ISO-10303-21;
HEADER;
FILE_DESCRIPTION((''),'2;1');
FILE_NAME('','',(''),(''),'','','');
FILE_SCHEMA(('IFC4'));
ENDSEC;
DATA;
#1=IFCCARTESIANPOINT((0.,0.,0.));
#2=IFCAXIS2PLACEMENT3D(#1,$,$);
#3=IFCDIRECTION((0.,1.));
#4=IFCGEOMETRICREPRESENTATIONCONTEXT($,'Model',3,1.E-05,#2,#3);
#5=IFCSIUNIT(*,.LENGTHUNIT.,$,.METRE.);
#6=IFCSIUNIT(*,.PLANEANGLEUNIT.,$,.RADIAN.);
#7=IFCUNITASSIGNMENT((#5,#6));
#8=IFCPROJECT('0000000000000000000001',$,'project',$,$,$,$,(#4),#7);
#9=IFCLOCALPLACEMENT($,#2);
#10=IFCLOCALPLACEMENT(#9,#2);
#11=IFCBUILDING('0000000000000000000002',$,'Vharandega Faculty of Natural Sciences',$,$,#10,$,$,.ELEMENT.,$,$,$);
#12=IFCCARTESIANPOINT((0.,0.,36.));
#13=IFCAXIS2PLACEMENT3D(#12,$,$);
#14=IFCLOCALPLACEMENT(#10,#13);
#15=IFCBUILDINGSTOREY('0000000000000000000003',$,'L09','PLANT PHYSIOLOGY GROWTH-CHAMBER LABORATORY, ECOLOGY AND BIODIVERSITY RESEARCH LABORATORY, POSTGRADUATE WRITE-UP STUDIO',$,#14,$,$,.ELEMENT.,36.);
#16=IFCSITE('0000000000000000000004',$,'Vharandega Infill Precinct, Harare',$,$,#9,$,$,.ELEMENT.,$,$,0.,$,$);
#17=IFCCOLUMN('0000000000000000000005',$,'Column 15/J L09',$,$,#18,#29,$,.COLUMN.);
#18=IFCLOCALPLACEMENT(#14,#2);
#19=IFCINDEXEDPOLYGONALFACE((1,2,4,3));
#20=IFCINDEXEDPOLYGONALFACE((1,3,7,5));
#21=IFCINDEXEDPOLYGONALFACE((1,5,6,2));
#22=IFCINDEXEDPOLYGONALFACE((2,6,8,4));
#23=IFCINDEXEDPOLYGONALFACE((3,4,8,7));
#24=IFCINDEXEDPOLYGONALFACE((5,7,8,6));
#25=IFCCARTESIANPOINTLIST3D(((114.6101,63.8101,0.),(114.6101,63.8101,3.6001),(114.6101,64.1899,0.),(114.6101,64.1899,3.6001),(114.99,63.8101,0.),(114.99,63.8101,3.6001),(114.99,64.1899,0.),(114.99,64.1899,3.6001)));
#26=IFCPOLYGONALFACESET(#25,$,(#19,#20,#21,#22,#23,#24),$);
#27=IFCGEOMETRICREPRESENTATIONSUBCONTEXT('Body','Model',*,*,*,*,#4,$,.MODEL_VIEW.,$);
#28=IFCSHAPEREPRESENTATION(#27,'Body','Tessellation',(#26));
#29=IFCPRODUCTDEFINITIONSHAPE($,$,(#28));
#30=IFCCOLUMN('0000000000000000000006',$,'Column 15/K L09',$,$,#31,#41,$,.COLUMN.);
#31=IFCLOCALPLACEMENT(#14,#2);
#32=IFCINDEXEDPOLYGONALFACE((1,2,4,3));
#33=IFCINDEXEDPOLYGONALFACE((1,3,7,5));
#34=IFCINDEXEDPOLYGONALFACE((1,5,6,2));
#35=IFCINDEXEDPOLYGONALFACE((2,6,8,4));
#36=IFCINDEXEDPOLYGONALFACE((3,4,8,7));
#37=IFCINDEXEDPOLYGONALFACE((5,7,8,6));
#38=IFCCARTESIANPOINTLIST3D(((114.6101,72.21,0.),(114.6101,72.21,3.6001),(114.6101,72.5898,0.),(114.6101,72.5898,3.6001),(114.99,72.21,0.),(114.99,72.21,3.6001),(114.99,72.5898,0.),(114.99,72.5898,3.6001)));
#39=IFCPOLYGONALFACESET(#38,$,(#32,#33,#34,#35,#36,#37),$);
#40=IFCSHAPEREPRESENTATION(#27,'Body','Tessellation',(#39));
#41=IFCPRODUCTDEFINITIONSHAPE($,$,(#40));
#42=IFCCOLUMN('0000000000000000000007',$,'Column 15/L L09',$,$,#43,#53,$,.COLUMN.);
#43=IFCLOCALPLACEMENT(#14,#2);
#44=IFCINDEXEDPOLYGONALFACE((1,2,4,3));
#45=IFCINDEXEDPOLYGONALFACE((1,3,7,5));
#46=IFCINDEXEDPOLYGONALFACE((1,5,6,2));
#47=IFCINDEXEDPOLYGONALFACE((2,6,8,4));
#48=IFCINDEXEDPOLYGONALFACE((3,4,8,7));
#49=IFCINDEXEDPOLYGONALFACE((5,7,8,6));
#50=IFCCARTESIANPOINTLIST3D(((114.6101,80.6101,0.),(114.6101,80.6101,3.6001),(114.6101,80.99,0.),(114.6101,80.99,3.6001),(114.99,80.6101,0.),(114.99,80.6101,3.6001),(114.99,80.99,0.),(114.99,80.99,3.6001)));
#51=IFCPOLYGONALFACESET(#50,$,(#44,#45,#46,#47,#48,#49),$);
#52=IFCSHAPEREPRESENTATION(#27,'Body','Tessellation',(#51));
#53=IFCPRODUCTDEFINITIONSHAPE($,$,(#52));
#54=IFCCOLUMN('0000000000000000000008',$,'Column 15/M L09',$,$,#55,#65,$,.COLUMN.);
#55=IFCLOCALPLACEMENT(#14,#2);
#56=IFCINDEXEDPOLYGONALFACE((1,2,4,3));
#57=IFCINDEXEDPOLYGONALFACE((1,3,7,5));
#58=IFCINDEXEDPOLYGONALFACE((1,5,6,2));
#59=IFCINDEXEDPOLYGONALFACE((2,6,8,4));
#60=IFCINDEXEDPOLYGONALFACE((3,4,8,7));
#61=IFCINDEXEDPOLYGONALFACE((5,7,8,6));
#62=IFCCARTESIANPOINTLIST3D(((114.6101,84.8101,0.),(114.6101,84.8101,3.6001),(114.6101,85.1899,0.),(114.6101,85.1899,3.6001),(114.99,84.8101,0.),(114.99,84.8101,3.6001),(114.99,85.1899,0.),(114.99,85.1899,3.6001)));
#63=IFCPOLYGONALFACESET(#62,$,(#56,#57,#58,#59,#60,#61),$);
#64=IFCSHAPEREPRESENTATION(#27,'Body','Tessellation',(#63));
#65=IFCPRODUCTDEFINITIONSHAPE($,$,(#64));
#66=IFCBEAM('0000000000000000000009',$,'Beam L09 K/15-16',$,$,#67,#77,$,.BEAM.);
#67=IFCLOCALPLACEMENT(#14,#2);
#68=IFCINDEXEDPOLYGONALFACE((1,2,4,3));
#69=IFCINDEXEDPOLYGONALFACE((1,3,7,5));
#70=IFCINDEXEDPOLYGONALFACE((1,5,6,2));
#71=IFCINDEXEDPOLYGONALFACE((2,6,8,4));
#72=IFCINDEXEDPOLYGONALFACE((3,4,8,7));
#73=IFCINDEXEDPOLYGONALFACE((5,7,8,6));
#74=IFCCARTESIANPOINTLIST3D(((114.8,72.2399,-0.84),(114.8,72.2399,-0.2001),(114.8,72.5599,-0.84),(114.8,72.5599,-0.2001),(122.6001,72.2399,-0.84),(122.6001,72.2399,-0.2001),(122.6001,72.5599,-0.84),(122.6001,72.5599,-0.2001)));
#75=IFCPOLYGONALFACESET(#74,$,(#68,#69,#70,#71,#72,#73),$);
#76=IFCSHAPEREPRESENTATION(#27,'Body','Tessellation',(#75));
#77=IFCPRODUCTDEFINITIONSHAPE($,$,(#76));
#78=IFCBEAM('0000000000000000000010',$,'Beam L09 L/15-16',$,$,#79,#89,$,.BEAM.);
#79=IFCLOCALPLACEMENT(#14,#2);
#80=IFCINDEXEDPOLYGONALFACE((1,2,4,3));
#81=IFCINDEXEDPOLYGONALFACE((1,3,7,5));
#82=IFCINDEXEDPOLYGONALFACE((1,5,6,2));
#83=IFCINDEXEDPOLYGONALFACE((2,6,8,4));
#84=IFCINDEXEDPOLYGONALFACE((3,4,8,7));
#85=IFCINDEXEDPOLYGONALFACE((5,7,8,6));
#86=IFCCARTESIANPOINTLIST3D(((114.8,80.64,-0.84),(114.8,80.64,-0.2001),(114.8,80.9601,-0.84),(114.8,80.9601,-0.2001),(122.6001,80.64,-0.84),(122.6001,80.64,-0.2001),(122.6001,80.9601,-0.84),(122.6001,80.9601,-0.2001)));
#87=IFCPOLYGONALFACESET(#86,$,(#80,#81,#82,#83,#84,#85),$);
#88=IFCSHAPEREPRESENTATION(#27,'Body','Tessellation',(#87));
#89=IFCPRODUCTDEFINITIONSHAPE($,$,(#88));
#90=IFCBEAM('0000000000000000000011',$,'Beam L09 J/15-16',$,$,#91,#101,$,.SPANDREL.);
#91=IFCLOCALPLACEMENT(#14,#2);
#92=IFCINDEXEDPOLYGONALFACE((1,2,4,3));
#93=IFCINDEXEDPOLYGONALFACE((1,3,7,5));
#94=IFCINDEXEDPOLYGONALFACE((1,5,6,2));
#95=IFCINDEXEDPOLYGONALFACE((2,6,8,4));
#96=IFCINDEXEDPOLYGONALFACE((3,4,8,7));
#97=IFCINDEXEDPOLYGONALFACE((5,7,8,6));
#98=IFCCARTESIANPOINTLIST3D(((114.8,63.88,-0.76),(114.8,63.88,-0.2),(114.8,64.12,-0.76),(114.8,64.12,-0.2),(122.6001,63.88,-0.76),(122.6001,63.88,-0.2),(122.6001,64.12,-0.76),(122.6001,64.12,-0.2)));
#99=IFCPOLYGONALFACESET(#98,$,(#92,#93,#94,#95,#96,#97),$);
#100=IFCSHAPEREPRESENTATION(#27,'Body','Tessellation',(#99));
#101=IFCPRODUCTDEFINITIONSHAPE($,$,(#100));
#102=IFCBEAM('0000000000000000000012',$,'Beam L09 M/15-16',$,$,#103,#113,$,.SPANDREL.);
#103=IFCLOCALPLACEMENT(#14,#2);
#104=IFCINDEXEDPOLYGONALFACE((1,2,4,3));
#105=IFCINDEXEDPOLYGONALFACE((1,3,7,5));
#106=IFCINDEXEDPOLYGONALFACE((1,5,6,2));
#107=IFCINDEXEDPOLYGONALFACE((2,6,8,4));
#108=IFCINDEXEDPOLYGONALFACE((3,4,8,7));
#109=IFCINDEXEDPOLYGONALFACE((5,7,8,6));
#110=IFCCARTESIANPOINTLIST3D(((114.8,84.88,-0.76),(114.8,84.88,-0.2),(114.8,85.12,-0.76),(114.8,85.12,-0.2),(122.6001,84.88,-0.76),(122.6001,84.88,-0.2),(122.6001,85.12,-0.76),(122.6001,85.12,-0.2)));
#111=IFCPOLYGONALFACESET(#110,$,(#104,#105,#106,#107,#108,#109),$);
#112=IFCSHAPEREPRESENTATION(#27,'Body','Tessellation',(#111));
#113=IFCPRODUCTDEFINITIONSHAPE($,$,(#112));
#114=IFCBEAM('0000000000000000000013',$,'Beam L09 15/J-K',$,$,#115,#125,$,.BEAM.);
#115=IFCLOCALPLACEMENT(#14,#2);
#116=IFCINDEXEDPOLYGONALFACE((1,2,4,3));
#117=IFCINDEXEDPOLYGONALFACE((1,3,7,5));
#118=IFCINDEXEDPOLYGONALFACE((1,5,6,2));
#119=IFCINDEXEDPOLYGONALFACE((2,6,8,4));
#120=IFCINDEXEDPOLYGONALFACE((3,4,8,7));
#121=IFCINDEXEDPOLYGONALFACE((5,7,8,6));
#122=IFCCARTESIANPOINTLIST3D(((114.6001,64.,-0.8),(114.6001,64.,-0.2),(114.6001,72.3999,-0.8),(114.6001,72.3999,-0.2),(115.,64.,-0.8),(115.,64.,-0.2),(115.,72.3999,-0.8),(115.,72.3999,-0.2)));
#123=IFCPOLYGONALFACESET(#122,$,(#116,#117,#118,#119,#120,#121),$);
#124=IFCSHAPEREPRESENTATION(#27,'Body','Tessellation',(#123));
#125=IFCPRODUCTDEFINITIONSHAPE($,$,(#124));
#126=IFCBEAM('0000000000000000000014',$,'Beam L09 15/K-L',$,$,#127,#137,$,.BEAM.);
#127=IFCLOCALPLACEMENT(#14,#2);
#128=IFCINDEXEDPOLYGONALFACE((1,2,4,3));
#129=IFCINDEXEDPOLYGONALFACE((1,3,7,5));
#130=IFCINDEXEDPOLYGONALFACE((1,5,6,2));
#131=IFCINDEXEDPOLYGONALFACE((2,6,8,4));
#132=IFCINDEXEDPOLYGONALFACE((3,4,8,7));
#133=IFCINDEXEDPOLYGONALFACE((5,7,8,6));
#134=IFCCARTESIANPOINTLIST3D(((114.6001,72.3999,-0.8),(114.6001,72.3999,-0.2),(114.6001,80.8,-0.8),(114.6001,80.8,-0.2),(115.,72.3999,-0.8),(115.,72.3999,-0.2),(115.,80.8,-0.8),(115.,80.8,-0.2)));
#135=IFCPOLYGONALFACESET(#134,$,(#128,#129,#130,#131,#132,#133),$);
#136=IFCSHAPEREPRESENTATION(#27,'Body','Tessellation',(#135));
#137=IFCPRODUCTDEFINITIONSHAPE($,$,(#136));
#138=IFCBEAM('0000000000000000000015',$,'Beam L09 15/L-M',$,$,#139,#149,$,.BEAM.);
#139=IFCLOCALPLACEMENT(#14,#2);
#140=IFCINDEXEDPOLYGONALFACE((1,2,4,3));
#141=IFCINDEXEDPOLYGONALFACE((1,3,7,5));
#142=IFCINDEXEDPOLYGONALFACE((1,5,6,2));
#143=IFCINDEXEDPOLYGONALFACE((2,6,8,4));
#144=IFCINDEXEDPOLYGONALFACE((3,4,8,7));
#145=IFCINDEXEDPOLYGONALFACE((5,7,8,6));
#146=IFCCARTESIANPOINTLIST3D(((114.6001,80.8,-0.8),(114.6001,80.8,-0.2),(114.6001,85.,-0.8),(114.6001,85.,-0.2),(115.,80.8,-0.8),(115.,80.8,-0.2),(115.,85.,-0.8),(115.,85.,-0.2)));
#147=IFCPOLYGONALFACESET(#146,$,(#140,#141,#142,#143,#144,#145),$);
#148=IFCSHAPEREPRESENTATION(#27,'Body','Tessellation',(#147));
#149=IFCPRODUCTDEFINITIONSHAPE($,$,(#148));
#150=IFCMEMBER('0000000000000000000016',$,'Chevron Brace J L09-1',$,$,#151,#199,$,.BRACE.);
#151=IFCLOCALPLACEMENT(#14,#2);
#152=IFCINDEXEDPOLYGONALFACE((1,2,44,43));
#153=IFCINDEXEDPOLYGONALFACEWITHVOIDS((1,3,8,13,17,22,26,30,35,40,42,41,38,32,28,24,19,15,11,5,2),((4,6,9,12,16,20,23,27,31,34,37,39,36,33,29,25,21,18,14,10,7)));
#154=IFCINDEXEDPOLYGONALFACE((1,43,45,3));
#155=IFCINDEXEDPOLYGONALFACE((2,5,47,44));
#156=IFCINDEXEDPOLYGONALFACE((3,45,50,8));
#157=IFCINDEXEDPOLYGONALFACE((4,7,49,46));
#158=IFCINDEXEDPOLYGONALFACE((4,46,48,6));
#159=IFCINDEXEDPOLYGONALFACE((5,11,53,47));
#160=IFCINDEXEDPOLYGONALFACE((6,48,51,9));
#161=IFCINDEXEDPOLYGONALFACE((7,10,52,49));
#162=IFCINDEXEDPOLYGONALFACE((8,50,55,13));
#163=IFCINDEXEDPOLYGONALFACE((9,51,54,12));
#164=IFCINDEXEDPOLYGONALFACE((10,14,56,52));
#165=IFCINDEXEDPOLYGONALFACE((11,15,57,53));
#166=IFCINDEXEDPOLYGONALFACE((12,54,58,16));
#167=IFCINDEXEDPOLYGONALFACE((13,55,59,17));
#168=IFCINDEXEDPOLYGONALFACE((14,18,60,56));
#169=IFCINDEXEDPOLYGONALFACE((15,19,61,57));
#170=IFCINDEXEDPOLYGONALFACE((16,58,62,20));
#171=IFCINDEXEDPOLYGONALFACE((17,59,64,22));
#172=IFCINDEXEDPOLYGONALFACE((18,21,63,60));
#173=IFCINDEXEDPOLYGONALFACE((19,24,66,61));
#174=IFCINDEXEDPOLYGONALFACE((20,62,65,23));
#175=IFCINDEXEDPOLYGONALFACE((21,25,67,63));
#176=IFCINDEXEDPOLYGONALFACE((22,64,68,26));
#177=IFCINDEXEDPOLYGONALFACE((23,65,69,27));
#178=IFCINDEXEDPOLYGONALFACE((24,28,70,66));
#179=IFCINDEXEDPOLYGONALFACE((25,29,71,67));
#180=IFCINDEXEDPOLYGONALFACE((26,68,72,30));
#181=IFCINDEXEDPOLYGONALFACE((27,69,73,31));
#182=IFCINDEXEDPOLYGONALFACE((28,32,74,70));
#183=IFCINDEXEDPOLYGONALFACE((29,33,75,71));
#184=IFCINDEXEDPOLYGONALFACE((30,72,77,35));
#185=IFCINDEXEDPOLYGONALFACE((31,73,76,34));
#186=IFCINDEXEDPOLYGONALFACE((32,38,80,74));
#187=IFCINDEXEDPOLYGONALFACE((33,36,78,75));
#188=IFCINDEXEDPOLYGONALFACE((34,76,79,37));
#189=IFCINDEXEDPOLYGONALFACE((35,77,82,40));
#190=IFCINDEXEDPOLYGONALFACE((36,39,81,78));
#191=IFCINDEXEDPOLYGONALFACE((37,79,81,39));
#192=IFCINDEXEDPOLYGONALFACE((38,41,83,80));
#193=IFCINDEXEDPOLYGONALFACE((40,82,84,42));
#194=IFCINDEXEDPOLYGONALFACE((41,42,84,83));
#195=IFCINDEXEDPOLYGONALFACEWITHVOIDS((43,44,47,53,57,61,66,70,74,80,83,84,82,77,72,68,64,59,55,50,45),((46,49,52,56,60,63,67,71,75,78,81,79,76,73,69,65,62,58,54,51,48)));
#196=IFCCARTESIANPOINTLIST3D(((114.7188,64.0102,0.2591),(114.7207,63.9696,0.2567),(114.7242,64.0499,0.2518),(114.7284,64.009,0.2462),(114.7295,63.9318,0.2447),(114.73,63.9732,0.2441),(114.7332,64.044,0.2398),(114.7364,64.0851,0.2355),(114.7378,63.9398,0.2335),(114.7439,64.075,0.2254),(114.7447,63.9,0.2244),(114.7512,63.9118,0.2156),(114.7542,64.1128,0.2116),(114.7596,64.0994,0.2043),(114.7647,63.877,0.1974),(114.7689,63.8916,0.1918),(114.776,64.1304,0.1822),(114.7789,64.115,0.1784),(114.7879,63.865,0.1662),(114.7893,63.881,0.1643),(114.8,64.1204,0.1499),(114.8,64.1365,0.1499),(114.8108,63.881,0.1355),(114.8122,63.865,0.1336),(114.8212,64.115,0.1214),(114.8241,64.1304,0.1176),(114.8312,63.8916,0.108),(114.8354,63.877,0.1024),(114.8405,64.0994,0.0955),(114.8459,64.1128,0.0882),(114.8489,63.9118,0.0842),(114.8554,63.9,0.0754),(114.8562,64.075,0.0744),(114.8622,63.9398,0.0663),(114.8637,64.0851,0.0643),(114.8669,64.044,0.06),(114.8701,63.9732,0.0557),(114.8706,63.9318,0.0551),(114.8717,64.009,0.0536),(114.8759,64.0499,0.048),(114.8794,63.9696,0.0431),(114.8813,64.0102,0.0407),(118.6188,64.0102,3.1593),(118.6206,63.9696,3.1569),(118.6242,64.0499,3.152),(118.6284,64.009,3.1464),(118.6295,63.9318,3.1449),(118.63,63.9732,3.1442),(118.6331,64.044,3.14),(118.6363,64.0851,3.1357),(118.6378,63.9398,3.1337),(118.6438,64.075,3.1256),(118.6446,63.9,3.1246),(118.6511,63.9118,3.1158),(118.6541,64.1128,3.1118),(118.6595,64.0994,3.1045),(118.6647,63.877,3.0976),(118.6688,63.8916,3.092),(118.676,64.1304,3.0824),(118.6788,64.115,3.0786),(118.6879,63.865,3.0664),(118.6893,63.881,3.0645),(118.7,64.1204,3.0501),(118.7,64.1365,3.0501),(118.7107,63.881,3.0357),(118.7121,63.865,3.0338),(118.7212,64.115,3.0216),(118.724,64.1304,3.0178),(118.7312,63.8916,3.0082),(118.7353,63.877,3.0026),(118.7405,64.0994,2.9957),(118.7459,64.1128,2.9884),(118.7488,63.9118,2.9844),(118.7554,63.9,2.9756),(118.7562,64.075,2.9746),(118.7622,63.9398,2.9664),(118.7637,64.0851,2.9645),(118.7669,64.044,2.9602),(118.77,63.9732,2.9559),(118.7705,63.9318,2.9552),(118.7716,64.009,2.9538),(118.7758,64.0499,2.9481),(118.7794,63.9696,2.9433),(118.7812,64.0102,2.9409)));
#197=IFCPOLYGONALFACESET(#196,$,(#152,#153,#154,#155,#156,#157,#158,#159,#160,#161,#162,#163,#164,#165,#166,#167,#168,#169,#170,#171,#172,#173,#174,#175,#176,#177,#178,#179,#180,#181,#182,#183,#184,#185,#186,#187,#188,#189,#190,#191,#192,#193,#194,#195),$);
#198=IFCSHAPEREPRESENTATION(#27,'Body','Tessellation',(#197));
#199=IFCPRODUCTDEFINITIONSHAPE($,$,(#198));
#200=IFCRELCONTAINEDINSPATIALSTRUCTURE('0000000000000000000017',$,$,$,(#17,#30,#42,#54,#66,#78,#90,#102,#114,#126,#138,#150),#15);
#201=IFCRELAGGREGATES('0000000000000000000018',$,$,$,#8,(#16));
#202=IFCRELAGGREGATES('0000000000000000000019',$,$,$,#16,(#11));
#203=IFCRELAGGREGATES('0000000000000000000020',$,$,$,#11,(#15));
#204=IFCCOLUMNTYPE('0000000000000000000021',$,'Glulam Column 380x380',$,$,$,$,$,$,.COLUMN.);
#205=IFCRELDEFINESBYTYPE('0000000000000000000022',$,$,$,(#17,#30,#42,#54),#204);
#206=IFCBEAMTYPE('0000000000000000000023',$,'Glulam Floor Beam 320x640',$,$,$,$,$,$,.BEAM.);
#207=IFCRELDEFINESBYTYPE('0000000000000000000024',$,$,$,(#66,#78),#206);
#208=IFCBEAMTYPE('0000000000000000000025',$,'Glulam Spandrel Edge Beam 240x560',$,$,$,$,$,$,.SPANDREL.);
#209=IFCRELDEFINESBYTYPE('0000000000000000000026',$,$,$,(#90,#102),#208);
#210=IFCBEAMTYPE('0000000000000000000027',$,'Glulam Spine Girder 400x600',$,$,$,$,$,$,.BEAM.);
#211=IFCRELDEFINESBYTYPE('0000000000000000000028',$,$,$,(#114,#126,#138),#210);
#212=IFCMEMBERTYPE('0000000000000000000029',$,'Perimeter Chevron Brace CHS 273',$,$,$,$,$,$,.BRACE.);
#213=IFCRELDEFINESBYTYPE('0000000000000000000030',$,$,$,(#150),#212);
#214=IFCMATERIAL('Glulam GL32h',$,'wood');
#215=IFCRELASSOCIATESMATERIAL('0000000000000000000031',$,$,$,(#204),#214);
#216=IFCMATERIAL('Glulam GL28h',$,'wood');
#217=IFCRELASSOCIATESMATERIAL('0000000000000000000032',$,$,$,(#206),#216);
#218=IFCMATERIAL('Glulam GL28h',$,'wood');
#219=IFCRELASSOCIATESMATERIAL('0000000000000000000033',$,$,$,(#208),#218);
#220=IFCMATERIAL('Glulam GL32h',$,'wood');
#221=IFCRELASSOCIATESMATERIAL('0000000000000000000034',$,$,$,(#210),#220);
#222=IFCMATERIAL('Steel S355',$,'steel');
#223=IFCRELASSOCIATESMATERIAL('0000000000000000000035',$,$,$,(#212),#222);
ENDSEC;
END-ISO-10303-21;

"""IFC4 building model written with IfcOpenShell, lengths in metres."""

from ifc_helpers import new_model, si_unit, direction, frame, origin, origin_2d, place, context, subcontext, project, spatial, rectangle, hollow_circle, extrude, material, material_profile, profile_set, type_object, element, save


model = new_model("IFC4")

# Units and contexts
model_context = context("Model", 3, precision=1e-05, world=origin(), true_north=direction((0.0, 1.0)))
body_context = subcontext(model_context, "Body", "Model", "MODEL_VIEW")
ifc_project = project(units=[si_unit("LENGTHUNIT", "METRE"), si_unit("PLANEANGLEUNIT", "RADIAN")], contexts=[model_context])

# Site, building, storey
site_placement = place(None, origin())
site = spatial("IfcSite", under=ifc_project, at=site_placement, Name="Vharandega Infill Precinct, Harare", CompositionType="ELEMENT", RefElevation=0.0)
building_placement = place(site_placement, origin())
building = spatial("IfcBuilding", under=site, at=building_placement, Name="Vharandega Faculty of Natural Sciences", CompositionType="ELEMENT")
storey_placement = place(building_placement, frame((0.0, 0.0, 36.0)))
storey = spatial("IfcBuildingStorey", under=building, at=storey_placement, Name="L09", Description="PLANT PHYSIOLOGY GROWTH-CHAMBER LABORATORY, ECOLOGY AND BIODIVERSITY RESEARCH LABORATORY, POSTGRADUATE WRITE-UP STUDIO", CompositionType="ELEMENT", Elevation=36.0)

# Columns
ifc_material_1 = material(Name="Glulam GL32h", Category="wood")
ifc_material_profile_1 = material_profile(ifc_material_1, rectangle(XDim=0.3799, YDim=0.3799, at=origin_2d()), Name="GL32h 380x380")
ifc_profile_set_1 = profile_set([ifc_material_profile_1], Name="Glulam GL32h")
column_type = type_object("IfcColumnType", Name="Glulam Column 380x380", PredefinedType="COLUMN", material=ifc_profile_set_1)
for number, where, z_axis, x_axis, name in (
    (1, (114.8, 64.0, 0.0), (0.0, 0.0, 1.0), (1.0, 0.0, 0.0), "Column 15/J L09"),
    (2, (114.8, 72.3999, 0.0), (0.0, 0.0, 1.0), (1.0, 0.0, 0.0), "Column 15/K L09"),
    (3, (114.8, 80.8, 0.0), (0.0, 0.0, 1.0), (1.0, 0.0, 0.0), "Column 15/L L09"),
    (4, (114.8, 85.0, 0.0), (0.0, 0.0, 1.0), (1.0, 0.0, 0.0), "Column 15/M L09"),
):
    element("IfcColumn", number, at=place(storey_placement, frame(where, z_axis=z_axis, x_axis=x_axis)), inside=storey, type_object=column_type, Name=name, PredefinedType="COLUMN", context=body_context, shape_type="SweptSolid", body=[
        extrude(rectangle(XDim=0.3799, YDim=0.3799, at=origin_2d()), origin(), (0.0, 0.0, 1.0), 3.6001),
    ])

# Beams
ifc_material_2 = material(Name="Glulam GL28h", Category="wood")
ifc_material_profile_2 = material_profile(ifc_material_2, rectangle(XDim=0.3201, YDim=0.6399, at=origin_2d()), Name="GL28h 320x640")
ifc_profile_set_2 = profile_set([ifc_material_profile_2], Name="Glulam GL28h")
beam_type_1 = type_object("IfcBeamType", Name="Glulam Floor Beam 320x640", PredefinedType="BEAM", material=ifc_profile_set_2)
for number, where, z_axis, x_axis, name in (
    (5, (114.8, 72.3999, -0.52), (1.0, 0.0, 0.0), (0.0, 1.0, 0.0), "Beam L09 K/15-16"),
    (6, (114.8, 80.8, -0.52), (1.0, 0.0, 0.0), (0.0, 1.0, 0.0), "Beam L09 L/15-16"),
):
    element("IfcBeam", number, at=place(storey_placement, frame(where, z_axis=z_axis, x_axis=x_axis)), inside=storey, type_object=beam_type_1, Name=name, PredefinedType="BEAM", context=body_context, shape_type="SweptSolid", body=[
        extrude(rectangle(XDim=0.3201, YDim=0.6399, at=origin_2d()), origin(), (0.0, 0.0, 1.0), 7.8),
    ])
ifc_material_3 = material(Name="Glulam GL28h", Category="wood")
ifc_material_profile_3 = material_profile(ifc_material_3, rectangle(XDim=0.24, YDim=0.5601, at=origin_2d()), Name="GL28h 240x560")
ifc_profile_set_3 = profile_set([ifc_material_profile_3], Name="Glulam GL28h")
beam_type_2 = type_object("IfcBeamType", Name="Glulam Spandrel Edge Beam 240x560", PredefinedType="SPANDREL", material=ifc_profile_set_3)
for number, where, z_axis, x_axis, name in (
    (7, (114.8, 64.0, -0.48), (1.0, 0.0, 0.0), (0.0, 1.0, 0.0), "Beam L09 J/15-16"),
    (8, (114.8, 85.0, -0.48), (1.0, 0.0, 0.0), (0.0, 1.0, 0.0), "Beam L09 M/15-16"),
):
    element("IfcBeam", number, at=place(storey_placement, frame(where, z_axis=z_axis, x_axis=x_axis)), inside=storey, type_object=beam_type_2, Name=name, PredefinedType="SPANDREL", context=body_context, shape_type="SweptSolid", body=[
        extrude(rectangle(XDim=0.24, YDim=0.5601, at=origin_2d()), origin(), (0.0, 0.0, 1.0), 7.8),
    ])
ifc_material_4 = material(Name="Glulam GL32h", Category="wood")
ifc_material_profile_4 = material_profile(ifc_material_4, rectangle(XDim=0.3999, YDim=0.6001, at=origin_2d()), Name="GL32h 400x600")
ifc_profile_set_4 = profile_set([ifc_material_profile_4], Name="Glulam GL32h")
beam_type_3 = type_object("IfcBeamType", Name="Glulam Spine Girder 400x600", PredefinedType="BEAM", material=ifc_profile_set_4)
beam_1_placement = place(storey_placement, frame((114.8, 64.0, -0.5), z_axis=(0.0, 1.0, 0.0), x_axis=(-1.0, 0.0, 0.0)))
element("IfcBeam", 9, at=beam_1_placement, inside=storey, type_object=beam_type_3, Name="Beam L09 15/J-K", PredefinedType="BEAM", context=body_context, shape_type="SweptSolid", body=[
    extrude(rectangle(XDim=0.3999, YDim=0.6001, at=origin_2d()), origin(), (0.0, 0.0, 1.0), 8.3999),
])
beam_2_placement = place(storey_placement, frame((114.8, 72.3999, -0.5), z_axis=(0.0, 1.0, 0.0), x_axis=(-1.0, 0.0, 0.0)))
element("IfcBeam", 10, at=beam_2_placement, inside=storey, type_object=beam_type_3, Name="Beam L09 15/K-L", PredefinedType="BEAM", context=body_context, shape_type="SweptSolid", body=[
    extrude(rectangle(XDim=0.3999, YDim=0.6001, at=origin_2d()), origin(), (0.0, 0.0, 1.0), 8.4001),
])
beam_3_placement = place(storey_placement, frame((114.8, 80.8, -0.5), z_axis=(0.0, 1.0, 0.0), x_axis=(-1.0, 0.0, 0.0)))
element("IfcBeam", 11, at=beam_3_placement, inside=storey, type_object=beam_type_3, Name="Beam L09 15/L-M", PredefinedType="BEAM", context=body_context, shape_type="SweptSolid", body=[
    extrude(rectangle(XDim=0.3999, YDim=0.6001, at=origin_2d()), origin(), (0.0, 0.0, 1.0), 4.2),
])

# Member
ifc_material_5 = material(Name="Steel S355", Category="steel")
ifc_material_profile_5 = material_profile(ifc_material_5, hollow_circle(Radius=0.1365, WallThickness=0.0161, at=origin_2d()), Name="CHS 273x16")
ifc_profile_set_5 = profile_set([ifc_material_profile_5], Name="Steel S355")
member_type = type_object("IfcMemberType", Name="Perimeter Chevron Brace CHS 273", PredefinedType="BRACE", material=ifc_profile_set_5)
member_placement = place(storey_placement, frame((114.8, 64.0, 0.1499), z_axis=(0.802441, 0.0, 0.596732), x_axis=(0.0, 1.0, 0.0)))
element("IfcMember", 12, at=member_placement, inside=storey, type_object=member_type, Name="Chevron Brace J L09-1", PredefinedType="BRACE", context=body_context, shape_type="SweptSolid", body=[
    extrude(hollow_circle(Radius=0.1365, WallThickness=0.0161, at=origin_2d()), origin(), (0.0, 0.0, 1.0), 4.8601),
])

save(model, "model.ifc")
